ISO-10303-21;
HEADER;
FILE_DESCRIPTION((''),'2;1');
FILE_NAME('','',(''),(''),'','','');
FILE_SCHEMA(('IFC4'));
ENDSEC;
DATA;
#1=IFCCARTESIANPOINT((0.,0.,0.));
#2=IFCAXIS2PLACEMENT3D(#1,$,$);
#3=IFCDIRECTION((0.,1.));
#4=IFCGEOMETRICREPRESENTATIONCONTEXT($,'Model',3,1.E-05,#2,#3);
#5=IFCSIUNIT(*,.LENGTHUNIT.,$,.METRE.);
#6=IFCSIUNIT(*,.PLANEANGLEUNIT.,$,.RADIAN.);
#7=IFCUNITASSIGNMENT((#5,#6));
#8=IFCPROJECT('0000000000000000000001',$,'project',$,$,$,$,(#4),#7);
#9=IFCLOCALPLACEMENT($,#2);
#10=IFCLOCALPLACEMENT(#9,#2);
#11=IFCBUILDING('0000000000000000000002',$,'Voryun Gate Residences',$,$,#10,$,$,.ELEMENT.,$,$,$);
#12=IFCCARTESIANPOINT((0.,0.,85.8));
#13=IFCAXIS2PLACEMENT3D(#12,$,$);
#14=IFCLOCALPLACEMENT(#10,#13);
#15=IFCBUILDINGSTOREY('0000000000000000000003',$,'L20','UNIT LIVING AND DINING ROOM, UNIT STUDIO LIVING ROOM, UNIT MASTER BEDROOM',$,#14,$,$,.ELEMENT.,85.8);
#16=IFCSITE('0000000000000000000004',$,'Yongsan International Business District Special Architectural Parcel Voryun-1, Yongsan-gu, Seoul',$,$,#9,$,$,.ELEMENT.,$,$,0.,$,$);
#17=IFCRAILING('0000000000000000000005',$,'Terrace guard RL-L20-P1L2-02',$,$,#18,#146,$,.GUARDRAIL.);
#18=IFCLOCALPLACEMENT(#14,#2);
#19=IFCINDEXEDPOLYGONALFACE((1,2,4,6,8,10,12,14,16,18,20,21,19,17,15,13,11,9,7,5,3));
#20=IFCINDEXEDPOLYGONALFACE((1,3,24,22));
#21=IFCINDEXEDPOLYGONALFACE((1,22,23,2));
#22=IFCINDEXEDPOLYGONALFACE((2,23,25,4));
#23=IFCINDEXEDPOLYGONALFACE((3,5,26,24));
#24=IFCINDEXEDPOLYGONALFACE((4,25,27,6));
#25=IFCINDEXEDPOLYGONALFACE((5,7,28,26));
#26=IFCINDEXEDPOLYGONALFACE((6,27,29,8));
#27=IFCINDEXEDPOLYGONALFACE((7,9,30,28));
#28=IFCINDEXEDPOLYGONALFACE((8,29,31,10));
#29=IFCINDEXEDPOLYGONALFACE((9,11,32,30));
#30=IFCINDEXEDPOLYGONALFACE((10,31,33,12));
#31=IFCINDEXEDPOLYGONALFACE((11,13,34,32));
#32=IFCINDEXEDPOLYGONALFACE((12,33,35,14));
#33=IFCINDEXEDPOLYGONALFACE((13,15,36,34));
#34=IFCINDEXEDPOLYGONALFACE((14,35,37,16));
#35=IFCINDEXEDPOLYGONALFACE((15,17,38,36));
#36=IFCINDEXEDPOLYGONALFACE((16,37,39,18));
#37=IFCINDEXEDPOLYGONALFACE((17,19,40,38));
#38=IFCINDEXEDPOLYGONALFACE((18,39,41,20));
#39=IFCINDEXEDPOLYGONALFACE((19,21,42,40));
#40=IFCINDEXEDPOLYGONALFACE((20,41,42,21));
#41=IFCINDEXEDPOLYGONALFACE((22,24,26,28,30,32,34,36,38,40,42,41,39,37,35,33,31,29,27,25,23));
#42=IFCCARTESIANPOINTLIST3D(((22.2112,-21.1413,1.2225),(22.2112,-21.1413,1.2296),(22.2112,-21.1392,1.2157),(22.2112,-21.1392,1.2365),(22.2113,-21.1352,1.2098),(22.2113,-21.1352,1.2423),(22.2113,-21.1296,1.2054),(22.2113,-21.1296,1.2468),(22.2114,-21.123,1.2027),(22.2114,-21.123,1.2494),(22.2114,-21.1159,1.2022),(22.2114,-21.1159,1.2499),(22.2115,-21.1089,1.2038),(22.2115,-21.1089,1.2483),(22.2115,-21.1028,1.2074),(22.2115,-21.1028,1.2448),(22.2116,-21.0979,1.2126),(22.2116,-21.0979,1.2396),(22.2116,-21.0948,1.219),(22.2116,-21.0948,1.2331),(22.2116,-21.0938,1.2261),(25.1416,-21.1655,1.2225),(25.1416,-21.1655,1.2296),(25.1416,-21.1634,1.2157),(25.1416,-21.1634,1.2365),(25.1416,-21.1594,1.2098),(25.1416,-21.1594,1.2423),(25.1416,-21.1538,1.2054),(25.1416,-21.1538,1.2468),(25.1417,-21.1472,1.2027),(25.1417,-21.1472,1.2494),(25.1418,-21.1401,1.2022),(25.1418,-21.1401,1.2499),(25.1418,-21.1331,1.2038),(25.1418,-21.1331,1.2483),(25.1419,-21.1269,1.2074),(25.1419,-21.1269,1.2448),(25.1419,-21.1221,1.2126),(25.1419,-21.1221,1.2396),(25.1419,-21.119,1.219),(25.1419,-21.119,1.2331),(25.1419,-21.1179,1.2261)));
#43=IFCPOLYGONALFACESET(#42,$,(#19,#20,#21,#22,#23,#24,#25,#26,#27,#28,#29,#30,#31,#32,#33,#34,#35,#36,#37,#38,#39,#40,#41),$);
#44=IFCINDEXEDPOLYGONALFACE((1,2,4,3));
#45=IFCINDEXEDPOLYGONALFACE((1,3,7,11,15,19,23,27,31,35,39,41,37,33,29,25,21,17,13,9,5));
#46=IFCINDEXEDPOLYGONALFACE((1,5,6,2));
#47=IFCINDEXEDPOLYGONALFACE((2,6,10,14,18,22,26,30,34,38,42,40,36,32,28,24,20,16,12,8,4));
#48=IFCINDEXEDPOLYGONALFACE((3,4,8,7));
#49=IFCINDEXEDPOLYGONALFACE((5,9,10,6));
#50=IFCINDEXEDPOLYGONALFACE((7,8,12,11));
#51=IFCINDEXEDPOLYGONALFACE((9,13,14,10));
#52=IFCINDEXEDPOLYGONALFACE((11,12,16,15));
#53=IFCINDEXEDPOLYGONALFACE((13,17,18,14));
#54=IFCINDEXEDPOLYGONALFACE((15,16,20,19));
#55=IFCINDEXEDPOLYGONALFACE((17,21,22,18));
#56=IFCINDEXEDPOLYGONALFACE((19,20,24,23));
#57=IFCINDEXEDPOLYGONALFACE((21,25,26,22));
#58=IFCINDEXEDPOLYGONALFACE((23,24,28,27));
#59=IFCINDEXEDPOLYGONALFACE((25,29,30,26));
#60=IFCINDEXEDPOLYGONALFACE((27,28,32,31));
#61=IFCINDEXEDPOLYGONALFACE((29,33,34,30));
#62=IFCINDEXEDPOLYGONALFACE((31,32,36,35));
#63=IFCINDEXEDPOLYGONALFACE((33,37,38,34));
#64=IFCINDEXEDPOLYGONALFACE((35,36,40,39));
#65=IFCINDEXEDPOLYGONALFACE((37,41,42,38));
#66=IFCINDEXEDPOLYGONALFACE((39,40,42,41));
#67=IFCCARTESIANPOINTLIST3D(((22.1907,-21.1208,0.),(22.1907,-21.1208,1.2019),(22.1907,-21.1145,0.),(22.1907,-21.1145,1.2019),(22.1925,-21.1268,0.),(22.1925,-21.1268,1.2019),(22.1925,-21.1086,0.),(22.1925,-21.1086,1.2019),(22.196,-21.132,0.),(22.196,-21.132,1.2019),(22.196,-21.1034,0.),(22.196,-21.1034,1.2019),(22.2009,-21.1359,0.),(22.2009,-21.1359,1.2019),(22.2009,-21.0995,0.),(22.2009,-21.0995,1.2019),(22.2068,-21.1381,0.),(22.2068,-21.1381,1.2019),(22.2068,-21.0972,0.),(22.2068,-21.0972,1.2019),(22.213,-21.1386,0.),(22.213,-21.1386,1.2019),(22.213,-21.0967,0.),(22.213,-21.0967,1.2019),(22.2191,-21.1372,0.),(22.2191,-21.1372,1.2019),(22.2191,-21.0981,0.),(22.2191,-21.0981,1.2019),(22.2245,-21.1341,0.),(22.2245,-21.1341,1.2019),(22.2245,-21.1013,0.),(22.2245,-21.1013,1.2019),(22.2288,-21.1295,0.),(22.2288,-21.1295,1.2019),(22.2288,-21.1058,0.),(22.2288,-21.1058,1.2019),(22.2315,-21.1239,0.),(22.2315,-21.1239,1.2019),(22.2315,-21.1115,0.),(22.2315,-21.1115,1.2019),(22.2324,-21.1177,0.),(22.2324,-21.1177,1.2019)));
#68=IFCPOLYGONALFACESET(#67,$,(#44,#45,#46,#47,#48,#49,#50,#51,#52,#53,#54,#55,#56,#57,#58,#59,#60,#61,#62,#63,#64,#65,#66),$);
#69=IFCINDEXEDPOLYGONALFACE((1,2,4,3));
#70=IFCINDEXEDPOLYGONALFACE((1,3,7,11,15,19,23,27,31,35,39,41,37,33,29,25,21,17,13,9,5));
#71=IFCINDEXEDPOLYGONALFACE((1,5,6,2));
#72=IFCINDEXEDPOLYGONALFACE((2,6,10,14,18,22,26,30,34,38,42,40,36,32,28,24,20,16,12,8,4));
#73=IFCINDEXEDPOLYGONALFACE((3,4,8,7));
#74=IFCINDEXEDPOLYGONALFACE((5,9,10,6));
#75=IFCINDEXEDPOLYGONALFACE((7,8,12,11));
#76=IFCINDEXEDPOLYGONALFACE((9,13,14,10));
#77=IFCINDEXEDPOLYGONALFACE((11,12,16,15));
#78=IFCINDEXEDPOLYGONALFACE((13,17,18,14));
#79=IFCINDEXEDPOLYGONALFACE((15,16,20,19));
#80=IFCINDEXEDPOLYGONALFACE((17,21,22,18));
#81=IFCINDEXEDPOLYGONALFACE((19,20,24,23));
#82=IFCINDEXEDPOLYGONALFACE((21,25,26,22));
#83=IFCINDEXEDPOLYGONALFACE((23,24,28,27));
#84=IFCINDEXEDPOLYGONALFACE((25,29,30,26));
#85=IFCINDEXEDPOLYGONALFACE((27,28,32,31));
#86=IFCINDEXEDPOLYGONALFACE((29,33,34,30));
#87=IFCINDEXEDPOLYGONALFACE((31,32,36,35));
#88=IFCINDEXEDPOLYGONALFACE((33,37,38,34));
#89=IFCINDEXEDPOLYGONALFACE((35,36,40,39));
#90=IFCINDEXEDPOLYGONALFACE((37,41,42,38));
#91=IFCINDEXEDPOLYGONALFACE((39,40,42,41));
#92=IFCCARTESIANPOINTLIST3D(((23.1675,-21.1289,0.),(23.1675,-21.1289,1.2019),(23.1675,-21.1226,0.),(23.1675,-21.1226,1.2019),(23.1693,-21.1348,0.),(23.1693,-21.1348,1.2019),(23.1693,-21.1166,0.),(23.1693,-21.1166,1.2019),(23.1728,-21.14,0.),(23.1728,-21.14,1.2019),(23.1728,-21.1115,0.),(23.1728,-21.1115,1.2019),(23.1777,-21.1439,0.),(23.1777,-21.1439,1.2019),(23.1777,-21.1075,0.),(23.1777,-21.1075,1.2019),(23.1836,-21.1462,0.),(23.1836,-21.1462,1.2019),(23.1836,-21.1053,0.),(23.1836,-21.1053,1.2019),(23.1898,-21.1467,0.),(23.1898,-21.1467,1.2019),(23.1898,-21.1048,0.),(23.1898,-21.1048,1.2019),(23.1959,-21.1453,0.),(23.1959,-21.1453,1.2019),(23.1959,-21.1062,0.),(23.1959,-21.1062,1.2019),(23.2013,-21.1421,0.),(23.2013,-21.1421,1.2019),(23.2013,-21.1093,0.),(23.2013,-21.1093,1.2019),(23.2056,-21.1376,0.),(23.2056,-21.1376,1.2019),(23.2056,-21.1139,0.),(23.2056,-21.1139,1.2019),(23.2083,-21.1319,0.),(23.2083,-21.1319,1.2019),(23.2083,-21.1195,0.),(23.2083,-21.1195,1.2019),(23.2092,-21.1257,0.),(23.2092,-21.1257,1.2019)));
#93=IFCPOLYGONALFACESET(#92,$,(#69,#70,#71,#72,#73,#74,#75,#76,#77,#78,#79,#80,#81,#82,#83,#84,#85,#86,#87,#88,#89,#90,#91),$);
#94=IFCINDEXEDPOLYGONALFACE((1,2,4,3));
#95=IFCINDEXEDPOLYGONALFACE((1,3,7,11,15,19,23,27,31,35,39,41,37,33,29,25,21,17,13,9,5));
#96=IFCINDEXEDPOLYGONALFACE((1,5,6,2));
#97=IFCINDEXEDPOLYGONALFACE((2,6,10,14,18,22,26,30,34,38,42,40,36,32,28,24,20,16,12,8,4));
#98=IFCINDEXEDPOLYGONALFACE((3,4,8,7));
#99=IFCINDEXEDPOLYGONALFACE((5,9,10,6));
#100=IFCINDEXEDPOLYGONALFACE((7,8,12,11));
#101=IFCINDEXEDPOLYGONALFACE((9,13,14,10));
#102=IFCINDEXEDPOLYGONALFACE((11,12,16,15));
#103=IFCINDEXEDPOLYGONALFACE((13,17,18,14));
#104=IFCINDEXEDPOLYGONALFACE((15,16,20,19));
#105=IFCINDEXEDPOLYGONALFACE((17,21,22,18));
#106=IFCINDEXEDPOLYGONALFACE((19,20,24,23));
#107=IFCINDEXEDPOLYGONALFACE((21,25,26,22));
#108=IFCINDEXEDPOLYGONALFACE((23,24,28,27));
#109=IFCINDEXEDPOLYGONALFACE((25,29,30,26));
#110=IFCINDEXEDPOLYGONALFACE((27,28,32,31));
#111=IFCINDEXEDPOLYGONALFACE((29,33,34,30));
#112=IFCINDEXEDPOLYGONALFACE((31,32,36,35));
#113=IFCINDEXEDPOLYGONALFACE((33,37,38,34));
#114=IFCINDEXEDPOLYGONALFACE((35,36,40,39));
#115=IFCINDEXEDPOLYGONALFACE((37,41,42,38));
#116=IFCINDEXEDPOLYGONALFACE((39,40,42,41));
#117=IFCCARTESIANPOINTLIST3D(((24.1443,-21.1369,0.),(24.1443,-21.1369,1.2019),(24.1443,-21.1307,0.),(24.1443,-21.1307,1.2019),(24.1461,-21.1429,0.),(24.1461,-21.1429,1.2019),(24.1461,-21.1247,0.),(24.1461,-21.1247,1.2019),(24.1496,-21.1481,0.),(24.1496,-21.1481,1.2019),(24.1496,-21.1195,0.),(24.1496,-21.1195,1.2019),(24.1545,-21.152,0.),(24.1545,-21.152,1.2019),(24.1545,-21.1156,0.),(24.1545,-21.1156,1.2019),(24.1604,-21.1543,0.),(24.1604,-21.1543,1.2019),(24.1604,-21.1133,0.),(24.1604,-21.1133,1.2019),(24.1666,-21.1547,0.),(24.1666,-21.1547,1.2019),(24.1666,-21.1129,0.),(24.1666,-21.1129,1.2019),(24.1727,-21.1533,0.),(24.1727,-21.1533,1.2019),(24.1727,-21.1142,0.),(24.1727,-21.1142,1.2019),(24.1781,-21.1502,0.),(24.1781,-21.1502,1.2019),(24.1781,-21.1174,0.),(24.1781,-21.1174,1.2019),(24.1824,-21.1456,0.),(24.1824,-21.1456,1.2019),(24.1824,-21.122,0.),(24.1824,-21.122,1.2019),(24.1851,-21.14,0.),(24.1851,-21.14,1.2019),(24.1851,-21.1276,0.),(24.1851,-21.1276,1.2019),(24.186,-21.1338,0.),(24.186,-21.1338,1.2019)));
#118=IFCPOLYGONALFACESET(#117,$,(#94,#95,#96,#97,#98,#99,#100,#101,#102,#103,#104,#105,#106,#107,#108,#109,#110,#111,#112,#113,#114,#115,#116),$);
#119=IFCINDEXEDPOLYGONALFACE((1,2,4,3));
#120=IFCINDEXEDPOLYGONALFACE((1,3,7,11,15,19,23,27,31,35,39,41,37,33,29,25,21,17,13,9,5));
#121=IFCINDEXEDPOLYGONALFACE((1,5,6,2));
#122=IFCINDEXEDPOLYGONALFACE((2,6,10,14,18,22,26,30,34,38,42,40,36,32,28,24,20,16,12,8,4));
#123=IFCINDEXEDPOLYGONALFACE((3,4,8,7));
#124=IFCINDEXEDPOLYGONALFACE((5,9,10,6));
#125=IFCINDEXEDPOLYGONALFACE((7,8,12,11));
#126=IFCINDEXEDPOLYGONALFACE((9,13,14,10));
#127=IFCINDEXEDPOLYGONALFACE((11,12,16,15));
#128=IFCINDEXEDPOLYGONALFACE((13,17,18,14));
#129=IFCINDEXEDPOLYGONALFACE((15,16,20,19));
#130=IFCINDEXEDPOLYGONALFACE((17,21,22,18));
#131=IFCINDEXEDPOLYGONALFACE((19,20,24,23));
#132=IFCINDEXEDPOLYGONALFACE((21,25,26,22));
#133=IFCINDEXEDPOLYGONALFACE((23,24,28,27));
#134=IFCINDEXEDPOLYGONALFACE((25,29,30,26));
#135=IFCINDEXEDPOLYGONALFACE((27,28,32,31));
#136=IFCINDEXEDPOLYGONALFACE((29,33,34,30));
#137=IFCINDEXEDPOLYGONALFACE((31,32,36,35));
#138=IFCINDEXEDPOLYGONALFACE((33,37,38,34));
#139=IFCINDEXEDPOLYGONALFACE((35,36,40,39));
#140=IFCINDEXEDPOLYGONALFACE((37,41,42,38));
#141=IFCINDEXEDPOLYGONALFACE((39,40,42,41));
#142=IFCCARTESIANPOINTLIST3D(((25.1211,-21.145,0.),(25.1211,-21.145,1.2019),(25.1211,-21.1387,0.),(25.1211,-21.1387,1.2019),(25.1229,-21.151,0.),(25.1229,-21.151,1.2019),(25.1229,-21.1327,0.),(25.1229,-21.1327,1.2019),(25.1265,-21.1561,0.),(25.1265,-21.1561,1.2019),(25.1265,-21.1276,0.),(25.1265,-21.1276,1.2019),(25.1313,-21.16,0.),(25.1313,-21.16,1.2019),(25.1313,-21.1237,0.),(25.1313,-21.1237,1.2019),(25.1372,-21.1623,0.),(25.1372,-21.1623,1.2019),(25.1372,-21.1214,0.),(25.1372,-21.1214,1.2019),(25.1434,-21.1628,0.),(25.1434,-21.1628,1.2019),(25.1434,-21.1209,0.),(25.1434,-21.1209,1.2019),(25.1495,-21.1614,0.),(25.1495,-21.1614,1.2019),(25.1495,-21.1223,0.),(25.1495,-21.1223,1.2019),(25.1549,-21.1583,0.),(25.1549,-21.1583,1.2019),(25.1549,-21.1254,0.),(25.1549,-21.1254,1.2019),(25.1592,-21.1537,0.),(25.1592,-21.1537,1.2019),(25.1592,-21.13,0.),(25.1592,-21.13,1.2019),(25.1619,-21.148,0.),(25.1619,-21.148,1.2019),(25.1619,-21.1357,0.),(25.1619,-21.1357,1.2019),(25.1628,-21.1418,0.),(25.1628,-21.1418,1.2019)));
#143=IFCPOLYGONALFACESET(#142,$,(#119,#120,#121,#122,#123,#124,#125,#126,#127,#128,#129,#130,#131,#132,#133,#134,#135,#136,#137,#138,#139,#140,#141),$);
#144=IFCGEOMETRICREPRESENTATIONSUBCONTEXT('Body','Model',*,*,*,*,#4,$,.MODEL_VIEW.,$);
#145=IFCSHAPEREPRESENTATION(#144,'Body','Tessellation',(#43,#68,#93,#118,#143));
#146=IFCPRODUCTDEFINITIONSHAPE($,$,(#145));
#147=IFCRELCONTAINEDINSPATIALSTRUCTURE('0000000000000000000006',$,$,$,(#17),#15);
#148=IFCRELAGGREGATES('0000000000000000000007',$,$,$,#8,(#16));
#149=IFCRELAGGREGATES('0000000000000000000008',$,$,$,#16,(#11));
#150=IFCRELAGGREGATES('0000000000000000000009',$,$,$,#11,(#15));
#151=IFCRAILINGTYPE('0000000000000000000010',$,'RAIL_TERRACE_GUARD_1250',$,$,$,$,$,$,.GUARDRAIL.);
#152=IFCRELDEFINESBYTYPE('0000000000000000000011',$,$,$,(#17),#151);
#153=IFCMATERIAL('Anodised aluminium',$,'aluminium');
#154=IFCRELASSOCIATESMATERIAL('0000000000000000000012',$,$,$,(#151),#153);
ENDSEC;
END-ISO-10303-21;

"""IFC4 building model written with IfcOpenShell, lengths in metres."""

from ifc_helpers import new_model, si_unit, direction, frame, origin, origin_2d, place, context, subcontext, project, spatial, circle, extrude, material, type_object, element, save


model = new_model("IFC4")

# Units and contexts
model_context = context("Model", 3, precision=1e-05, world=origin(), true_north=direction((0.0, 1.0)))
body_context = subcontext(model_context, "Body", "Model", "MODEL_VIEW")
ifc_project = project(units=[si_unit("LENGTHUNIT", "METRE"), si_unit("PLANEANGLEUNIT", "RADIAN")], contexts=[model_context])

# Site, building, storey
site_placement = place(None, origin())
site = spatial("IfcSite", under=ifc_project, at=site_placement, Name="Yongsan International Business District Special Architectural Parcel Voryun-1, Yongsan-gu, Seoul", CompositionType="ELEMENT", RefElevation=0.0)
building_placement = place(site_placement, origin())
building = spatial("IfcBuilding", under=site, at=building_placement, Name="Voryun Gate Residences", CompositionType="ELEMENT")
storey_placement = place(building_placement, frame((0.0, 0.0, 85.8)))
storey = spatial("IfcBuildingStorey", under=building, at=storey_placement, Name="L20", Description="UNIT LIVING AND DINING ROOM, UNIT STUDIO LIVING ROOM, UNIT MASTER BEDROOM", CompositionType="ELEMENT", Elevation=85.8)

# Railing
ifc_material_1 = material(Name="Anodised aluminium", Category="aluminium")
railing_type = type_object("IfcRailingType", Name="RAIL_TERRACE_GUARD_1250", PredefinedType="GUARDRAIL", material=ifc_material_1)
railing_1_placement = place(storey_placement, frame((22.2114, -21.1177, 0.0)))
element("IfcRailing", 1, at=railing_1_placement, inside=storey, type_object=railing_type, Name="Terrace guard RL-L20-P1L2-02", PredefinedType="GUARDRAIL", context=body_context, shape_type="SweptSolid", body=[
    extrude(circle(Radius=0.0239, at=origin_2d()), frame((0.0, 0.0, 1.2261), z_axis=(0.999966, -0.008248, 0.0), x_axis=(0.008248, 0.999966, 0.0)), (0.0, 0.0, 1.0), 2.9304),
    extrude(circle(Radius=0.021, at=origin_2d()), origin(), (0.0, 0.0, 1.0), 1.2019),
    extrude(circle(Radius=0.021, at=origin_2d()), frame((0.9768, -0.0081, 0.0)), (0.0, 0.0, 1.0), 1.2019),
    extrude(circle(Radius=0.021, at=origin_2d()), frame((1.9536, -0.0161, 0.0)), (0.0, 0.0, 1.0), 1.2019),
    extrude(circle(Radius=0.021, at=origin_2d()), frame((2.9304, -0.0242, 0.0)), (0.0, 0.0, 1.0), 1.2019),
])

save(model, "model.ifc")
